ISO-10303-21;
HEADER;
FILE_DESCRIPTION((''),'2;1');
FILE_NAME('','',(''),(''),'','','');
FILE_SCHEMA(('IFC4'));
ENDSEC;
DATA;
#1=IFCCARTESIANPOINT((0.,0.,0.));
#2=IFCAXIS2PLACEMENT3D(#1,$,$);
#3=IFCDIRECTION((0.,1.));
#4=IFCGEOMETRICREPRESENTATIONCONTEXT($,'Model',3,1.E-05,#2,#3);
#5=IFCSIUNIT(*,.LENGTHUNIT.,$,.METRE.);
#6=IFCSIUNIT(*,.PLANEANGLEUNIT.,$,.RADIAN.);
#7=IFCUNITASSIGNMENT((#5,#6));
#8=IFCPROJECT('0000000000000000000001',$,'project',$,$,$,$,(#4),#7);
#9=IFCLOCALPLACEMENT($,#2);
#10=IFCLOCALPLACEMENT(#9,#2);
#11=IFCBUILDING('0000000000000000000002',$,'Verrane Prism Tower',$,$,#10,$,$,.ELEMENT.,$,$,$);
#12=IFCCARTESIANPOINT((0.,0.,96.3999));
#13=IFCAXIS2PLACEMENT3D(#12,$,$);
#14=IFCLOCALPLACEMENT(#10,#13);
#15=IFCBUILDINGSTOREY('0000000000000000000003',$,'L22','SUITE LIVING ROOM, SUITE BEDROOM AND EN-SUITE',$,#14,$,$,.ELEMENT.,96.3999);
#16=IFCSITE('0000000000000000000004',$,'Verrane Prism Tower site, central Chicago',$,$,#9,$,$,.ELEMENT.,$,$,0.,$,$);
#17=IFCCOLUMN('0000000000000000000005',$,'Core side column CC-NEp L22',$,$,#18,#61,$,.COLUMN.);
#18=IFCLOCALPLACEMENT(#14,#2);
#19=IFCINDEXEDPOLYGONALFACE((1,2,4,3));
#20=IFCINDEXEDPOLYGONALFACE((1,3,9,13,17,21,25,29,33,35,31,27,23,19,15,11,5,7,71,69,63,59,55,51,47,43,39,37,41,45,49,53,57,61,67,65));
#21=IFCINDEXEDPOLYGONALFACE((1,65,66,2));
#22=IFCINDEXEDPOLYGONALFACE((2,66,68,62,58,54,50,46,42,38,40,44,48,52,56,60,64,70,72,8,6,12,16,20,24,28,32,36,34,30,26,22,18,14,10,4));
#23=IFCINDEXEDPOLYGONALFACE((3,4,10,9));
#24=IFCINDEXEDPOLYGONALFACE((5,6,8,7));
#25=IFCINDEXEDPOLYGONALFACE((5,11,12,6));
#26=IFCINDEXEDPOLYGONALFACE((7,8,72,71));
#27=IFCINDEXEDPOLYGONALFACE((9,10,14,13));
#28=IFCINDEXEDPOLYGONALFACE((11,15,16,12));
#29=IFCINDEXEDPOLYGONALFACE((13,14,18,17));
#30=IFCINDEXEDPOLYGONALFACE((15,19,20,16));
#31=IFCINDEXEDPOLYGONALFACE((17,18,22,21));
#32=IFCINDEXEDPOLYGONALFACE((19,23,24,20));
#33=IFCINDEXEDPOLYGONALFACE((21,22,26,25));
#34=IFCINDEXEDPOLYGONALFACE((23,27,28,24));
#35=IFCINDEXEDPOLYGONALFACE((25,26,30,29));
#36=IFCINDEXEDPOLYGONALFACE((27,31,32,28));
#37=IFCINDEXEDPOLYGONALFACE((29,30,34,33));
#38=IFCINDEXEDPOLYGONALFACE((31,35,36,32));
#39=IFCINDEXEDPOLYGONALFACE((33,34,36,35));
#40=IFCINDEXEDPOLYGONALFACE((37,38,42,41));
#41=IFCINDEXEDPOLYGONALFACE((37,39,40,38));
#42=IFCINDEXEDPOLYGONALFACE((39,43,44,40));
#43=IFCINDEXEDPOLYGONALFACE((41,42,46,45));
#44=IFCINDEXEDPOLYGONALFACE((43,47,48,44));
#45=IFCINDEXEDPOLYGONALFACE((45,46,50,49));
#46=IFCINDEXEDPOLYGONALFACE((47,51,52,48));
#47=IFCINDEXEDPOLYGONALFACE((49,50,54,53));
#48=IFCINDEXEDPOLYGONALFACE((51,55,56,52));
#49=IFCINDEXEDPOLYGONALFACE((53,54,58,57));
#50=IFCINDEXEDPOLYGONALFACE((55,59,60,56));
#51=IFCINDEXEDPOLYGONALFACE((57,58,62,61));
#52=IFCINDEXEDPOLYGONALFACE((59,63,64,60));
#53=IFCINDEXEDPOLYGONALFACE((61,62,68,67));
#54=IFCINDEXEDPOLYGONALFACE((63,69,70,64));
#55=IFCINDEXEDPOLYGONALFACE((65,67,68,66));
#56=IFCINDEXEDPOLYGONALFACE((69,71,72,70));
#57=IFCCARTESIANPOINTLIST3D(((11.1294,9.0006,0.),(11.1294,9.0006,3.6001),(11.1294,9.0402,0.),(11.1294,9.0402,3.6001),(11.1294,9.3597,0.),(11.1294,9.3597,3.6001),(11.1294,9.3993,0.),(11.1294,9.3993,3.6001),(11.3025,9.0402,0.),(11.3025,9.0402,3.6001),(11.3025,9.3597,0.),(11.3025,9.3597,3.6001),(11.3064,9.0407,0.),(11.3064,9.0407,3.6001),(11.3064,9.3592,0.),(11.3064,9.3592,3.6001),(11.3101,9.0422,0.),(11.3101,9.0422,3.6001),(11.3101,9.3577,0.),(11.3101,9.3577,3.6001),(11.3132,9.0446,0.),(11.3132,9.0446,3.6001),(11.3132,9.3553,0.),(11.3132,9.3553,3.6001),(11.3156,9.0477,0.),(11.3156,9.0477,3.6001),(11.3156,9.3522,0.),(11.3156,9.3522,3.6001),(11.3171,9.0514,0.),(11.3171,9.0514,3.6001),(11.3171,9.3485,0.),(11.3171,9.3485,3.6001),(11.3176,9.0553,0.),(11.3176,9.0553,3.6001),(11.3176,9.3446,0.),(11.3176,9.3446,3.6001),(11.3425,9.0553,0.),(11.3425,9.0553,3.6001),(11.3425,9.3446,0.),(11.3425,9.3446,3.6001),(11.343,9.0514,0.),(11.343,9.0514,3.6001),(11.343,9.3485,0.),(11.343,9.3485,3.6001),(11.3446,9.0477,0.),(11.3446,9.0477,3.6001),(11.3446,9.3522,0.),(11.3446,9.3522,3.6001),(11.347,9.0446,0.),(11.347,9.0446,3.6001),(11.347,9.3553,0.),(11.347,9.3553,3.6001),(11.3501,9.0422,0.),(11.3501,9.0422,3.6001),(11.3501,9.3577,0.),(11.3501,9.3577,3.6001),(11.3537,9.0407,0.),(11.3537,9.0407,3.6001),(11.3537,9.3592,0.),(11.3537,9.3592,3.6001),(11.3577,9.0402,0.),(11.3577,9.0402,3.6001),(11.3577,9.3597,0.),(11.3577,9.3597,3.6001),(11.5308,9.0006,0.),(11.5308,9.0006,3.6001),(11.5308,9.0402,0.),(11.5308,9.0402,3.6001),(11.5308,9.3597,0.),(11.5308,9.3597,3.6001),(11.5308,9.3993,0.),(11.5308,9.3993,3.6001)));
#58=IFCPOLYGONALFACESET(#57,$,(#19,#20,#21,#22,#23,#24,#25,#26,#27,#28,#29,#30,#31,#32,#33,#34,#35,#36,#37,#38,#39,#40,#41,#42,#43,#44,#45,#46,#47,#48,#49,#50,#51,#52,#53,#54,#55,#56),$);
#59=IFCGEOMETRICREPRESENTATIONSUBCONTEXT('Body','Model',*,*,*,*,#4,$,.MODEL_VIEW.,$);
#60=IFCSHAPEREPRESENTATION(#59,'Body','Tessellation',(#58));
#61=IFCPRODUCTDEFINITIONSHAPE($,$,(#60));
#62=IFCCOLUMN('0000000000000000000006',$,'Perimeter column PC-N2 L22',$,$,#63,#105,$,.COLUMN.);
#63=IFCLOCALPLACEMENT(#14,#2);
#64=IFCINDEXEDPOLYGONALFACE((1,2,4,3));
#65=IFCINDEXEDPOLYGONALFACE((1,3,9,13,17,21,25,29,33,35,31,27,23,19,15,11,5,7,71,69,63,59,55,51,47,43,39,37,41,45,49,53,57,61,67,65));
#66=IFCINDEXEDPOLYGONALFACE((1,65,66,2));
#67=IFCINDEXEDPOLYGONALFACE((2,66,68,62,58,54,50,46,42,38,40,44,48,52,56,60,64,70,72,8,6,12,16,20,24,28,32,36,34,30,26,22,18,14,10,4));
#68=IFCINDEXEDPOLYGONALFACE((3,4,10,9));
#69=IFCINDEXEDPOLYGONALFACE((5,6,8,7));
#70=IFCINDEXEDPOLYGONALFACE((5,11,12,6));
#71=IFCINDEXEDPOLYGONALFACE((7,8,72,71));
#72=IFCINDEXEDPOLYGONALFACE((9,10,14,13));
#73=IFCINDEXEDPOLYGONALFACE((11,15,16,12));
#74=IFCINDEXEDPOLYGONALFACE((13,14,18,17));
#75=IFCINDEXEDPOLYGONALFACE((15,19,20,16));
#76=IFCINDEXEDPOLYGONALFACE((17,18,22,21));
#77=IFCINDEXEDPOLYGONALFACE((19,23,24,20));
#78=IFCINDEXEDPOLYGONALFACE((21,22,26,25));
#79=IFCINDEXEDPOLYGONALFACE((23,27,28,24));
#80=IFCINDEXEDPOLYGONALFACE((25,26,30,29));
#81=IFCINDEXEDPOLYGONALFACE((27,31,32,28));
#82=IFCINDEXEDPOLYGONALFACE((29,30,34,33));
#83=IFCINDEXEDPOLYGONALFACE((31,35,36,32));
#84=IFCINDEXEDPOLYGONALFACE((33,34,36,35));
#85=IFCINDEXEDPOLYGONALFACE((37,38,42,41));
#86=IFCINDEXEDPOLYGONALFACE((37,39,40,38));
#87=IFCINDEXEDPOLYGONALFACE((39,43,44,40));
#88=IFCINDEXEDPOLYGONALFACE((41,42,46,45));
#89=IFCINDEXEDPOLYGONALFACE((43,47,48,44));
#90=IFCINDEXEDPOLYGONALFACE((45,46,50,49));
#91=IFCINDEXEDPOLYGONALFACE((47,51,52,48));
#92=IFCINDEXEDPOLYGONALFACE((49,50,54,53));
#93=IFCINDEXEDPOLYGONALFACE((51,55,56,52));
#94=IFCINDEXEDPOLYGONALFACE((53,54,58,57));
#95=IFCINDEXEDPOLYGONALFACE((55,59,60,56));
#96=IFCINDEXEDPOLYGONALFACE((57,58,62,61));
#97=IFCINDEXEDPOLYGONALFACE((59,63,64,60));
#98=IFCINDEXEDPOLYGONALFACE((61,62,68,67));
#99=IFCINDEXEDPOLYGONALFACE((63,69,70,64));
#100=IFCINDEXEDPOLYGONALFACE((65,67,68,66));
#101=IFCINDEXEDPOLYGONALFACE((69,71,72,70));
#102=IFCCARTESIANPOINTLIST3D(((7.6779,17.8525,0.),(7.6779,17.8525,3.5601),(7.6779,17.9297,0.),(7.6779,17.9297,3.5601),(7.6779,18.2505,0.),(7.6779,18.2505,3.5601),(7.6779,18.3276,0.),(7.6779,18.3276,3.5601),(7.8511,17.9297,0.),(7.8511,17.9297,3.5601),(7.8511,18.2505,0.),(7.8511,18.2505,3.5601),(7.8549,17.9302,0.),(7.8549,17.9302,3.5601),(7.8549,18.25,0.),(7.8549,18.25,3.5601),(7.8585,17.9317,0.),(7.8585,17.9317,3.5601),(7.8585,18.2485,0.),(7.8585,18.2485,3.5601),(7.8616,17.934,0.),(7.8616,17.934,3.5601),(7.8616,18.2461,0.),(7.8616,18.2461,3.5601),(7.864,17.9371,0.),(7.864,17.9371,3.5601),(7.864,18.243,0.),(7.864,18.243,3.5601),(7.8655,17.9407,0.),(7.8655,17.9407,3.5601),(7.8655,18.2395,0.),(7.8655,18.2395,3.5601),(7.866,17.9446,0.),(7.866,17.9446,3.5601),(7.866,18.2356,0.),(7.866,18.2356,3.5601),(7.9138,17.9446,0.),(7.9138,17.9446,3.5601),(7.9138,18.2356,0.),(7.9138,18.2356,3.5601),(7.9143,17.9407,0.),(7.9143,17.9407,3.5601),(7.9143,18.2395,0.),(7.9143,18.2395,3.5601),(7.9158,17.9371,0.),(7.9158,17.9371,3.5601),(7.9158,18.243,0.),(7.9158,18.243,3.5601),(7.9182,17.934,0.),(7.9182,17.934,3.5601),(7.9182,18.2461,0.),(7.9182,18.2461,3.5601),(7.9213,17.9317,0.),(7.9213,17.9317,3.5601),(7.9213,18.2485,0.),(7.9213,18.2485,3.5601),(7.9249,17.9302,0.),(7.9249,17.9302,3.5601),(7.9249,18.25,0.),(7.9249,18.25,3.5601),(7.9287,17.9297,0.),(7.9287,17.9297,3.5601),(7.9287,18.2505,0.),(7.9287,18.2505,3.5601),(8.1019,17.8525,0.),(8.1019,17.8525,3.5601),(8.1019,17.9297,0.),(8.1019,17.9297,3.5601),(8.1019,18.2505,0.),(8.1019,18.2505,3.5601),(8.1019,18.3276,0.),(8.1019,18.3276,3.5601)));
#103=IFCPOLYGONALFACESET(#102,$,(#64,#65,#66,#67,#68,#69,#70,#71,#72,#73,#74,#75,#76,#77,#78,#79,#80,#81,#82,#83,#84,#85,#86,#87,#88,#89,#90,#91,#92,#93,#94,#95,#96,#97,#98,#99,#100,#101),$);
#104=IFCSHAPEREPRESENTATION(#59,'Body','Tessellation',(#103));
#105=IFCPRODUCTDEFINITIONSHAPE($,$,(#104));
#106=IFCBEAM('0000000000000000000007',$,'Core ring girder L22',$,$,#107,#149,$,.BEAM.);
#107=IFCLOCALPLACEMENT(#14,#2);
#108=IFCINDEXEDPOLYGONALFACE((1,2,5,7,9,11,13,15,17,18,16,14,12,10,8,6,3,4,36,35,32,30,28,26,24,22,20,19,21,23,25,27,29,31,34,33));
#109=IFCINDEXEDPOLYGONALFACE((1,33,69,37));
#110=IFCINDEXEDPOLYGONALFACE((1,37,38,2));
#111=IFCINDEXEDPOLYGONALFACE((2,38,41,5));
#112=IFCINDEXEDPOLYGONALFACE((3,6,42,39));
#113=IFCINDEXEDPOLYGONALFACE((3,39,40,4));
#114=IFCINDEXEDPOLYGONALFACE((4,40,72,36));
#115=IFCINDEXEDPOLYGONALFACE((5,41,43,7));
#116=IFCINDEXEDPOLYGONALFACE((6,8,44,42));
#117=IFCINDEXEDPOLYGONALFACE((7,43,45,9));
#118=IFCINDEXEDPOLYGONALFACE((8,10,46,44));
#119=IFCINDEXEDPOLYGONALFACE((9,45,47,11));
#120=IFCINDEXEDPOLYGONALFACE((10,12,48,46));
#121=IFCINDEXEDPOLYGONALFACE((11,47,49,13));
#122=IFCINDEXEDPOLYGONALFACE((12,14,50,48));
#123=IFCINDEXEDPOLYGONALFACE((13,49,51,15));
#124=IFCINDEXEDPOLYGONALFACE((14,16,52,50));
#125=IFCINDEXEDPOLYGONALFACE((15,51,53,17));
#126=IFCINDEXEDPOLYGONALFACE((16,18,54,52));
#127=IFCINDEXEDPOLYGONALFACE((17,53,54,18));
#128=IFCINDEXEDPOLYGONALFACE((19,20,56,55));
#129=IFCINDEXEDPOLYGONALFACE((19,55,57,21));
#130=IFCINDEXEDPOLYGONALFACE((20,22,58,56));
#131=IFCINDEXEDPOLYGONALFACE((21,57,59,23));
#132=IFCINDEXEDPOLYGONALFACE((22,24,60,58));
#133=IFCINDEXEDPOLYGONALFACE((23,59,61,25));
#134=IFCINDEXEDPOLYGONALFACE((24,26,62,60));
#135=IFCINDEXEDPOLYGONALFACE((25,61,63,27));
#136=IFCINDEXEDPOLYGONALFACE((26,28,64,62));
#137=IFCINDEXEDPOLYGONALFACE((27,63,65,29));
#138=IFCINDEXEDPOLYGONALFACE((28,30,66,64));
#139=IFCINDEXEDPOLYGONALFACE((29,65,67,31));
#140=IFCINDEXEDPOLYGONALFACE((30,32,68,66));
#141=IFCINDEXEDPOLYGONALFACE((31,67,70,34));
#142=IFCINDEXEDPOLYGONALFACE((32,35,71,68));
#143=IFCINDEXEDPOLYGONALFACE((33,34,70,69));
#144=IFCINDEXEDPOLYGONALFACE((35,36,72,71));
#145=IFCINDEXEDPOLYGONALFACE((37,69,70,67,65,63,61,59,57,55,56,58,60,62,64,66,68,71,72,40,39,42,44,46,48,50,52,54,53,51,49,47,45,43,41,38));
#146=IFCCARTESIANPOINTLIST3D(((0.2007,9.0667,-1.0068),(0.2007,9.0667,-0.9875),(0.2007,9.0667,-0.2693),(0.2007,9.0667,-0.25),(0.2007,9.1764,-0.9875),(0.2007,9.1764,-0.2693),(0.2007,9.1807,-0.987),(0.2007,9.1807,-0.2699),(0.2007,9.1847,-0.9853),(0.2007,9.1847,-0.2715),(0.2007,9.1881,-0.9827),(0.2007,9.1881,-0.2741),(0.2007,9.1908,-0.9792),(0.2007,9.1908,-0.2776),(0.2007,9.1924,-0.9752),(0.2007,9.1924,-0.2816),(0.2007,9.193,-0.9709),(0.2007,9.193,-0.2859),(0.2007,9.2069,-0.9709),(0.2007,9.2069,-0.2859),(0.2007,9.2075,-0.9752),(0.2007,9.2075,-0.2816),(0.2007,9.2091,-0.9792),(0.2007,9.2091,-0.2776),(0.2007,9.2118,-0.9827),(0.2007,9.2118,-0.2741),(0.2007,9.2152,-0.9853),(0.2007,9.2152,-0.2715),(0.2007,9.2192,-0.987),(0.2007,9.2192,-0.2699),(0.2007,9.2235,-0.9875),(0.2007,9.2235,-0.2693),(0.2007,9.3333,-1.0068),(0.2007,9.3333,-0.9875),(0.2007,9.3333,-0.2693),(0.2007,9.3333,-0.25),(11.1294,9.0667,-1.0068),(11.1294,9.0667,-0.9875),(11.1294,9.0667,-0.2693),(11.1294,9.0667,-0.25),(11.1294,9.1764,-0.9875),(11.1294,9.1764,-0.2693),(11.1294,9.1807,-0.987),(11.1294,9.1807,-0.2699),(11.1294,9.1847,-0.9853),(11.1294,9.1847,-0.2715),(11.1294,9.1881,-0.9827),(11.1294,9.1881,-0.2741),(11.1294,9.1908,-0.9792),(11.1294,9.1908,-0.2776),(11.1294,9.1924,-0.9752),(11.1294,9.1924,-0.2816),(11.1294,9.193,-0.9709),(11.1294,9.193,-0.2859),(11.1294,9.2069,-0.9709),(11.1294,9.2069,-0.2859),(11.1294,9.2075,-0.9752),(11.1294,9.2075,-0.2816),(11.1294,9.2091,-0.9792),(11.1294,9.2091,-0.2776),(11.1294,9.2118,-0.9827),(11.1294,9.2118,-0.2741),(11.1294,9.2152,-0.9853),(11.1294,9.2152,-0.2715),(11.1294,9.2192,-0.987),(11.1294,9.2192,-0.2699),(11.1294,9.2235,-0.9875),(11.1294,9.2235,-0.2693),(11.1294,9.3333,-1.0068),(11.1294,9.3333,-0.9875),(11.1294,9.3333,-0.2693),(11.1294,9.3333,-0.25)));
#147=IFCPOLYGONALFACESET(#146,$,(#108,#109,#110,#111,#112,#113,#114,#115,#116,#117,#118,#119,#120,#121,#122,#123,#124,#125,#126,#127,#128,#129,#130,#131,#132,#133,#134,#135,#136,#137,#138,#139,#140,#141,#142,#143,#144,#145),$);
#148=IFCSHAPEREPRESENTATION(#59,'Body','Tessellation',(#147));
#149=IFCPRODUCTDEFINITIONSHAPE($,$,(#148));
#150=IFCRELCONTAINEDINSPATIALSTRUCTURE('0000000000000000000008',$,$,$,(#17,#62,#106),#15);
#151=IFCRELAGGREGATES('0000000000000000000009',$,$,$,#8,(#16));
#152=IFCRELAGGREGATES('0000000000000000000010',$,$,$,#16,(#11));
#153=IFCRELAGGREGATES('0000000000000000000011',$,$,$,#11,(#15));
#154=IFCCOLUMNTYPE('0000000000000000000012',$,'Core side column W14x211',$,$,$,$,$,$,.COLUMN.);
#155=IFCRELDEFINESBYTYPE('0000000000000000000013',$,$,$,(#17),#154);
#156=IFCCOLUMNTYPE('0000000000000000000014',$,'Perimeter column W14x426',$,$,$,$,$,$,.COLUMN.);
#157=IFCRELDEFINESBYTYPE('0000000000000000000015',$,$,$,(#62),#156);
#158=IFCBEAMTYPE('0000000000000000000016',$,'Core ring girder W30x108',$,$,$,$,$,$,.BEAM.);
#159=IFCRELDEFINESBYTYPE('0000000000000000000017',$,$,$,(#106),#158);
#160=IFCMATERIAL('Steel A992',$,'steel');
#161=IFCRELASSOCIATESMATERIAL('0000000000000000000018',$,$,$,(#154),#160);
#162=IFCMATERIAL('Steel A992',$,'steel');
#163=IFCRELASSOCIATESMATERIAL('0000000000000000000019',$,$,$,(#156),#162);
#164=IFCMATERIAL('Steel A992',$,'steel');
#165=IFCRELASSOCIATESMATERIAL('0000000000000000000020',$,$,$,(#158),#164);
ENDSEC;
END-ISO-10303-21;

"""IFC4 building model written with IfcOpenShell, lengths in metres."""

from ifc_helpers import new_model, si_unit, direction, frame, origin, origin_2d, place, context, subcontext, project, spatial, i_section, extrude, material, material_profile, profile_set, type_object, element, save


model = new_model("IFC4")

# Units and contexts
model_context = context("Model", 3, precision=1e-05, world=origin(), true_north=direction((0.0, 1.0)))
body_context = subcontext(model_context, "Body", "Model", "MODEL_VIEW")
ifc_project = project(units=[si_unit("LENGTHUNIT", "METRE"), si_unit("PLANEANGLEUNIT", "RADIAN")], contexts=[model_context])

# Site, building, storey
site_placement = place(None, origin())
site = spatial("IfcSite", under=ifc_project, at=site_placement, Name="Verrane Prism Tower site, central Chicago", CompositionType="ELEMENT", RefElevation=0.0)
building_placement = place(site_placement, origin())
building = spatial("IfcBuilding", under=site, at=building_placement, Name="Verrane Prism Tower", CompositionType="ELEMENT")
storey_placement = place(building_placement, frame((0.0, 0.0, 96.3999)))
storey = spatial("IfcBuildingStorey", under=building, at=storey_placement, Name="L22", Description="SUITE LIVING ROOM, SUITE BEDROOM AND EN-SUITE", CompositionType="ELEMENT", Elevation=96.3999)

# Columns
ifc_material_1 = material(Name="Steel A992", Category="steel")
ifc_material_profile_1 = material_profile(ifc_material_1, i_section(OverallWidth=0.4014, OverallDepth=0.3987, WebThickness=0.0249, FlangeThickness=0.0396, FilletRadius=0.0151, at=origin_2d()), Name="W14x211")
ifc_profile_set_1 = profile_set([ifc_material_profile_1], Name="Steel A992")
column_type_1 = type_object("IfcColumnType", Name="Core side column W14x211", PredefinedType="COLUMN", material=ifc_profile_set_1)
column_1_placement = place(storey_placement, frame((11.3301, 9.2, 0.0), z_axis=(0.0, 0.0, 1.0), x_axis=(1.0, 0.0, 0.0)))
element("IfcColumn", 1, at=column_1_placement, inside=storey, type_object=column_type_1, Name="Core side column CC-NEp L22", PredefinedType="COLUMN", context=body_context, shape_type="SweptSolid", body=[
    extrude(i_section(OverallWidth=0.4014, OverallDepth=0.3987, WebThickness=0.0249, FlangeThickness=0.0396, FilletRadius=0.0151, at=origin_2d()), origin(), (0.0, 0.0, 1.0), 3.6001),
])
ifc_material_2 = material(Name="Steel A992", Category="steel")
ifc_material_profile_2 = material_profile(ifc_material_2, i_section(OverallWidth=0.4241, OverallDepth=0.4751, WebThickness=0.0479, FlangeThickness=0.0771, FilletRadius=0.0149, at=origin_2d()), Name="W14x426")
ifc_profile_set_2 = profile_set([ifc_material_profile_2], Name="Steel A992")
column_type_2 = type_object("IfcColumnType", Name="Perimeter column W14x426", PredefinedType="COLUMN", material=ifc_profile_set_2)
column_2_placement = place(storey_placement, frame((7.8899, 18.0901, 0.0), z_axis=(0.0, 0.0, 1.0), x_axis=(1.0, 0.0, 0.0)))
element("IfcColumn", 2, at=column_2_placement, inside=storey, type_object=column_type_2, Name="Perimeter column PC-N2 L22", PredefinedType="COLUMN", context=body_context, shape_type="SweptSolid", body=[
    extrude(i_section(OverallWidth=0.4241, OverallDepth=0.4751, WebThickness=0.0479, FlangeThickness=0.0771, FilletRadius=0.0149, at=origin_2d()), origin(), (0.0, 0.0, 1.0), 3.5601),
])

# Beam
ifc_material_3 = material(Name="Steel A992", Category="steel")
ifc_material_profile_3 = material_profile(ifc_material_3, i_section(OverallWidth=0.2666, OverallDepth=0.7568, WebThickness=0.0139, FlangeThickness=0.0193, FilletRadius=0.0166, at=origin_2d()), Name="W30x108")
ifc_profile_set_3 = profile_set([ifc_material_profile_3], Name="Steel A992")
beam_type_1 = type_object("IfcBeamType", Name="Core ring girder W30x108", PredefinedType="BEAM", material=ifc_profile_set_3)
beam_1_placement = place(storey_placement, frame((11.1294, 9.2, -0.6284), z_axis=(-1.0, 0.0, 0.0), x_axis=(0.0, -1.0, 0.0)))
element("IfcBeam", 3, at=beam_1_placement, inside=storey, type_object=beam_type_1, Name="Core ring girder L22", PredefinedType="BEAM", context=body_context, shape_type="SweptSolid", body=[
    extrude(i_section(OverallWidth=0.2666, OverallDepth=0.7568, WebThickness=0.0139, FlangeThickness=0.0193, FilletRadius=0.0166, at=origin_2d()), origin(), (0.0, 0.0, 1.0), 10.9287),
])

save(model, "model.ifc")
